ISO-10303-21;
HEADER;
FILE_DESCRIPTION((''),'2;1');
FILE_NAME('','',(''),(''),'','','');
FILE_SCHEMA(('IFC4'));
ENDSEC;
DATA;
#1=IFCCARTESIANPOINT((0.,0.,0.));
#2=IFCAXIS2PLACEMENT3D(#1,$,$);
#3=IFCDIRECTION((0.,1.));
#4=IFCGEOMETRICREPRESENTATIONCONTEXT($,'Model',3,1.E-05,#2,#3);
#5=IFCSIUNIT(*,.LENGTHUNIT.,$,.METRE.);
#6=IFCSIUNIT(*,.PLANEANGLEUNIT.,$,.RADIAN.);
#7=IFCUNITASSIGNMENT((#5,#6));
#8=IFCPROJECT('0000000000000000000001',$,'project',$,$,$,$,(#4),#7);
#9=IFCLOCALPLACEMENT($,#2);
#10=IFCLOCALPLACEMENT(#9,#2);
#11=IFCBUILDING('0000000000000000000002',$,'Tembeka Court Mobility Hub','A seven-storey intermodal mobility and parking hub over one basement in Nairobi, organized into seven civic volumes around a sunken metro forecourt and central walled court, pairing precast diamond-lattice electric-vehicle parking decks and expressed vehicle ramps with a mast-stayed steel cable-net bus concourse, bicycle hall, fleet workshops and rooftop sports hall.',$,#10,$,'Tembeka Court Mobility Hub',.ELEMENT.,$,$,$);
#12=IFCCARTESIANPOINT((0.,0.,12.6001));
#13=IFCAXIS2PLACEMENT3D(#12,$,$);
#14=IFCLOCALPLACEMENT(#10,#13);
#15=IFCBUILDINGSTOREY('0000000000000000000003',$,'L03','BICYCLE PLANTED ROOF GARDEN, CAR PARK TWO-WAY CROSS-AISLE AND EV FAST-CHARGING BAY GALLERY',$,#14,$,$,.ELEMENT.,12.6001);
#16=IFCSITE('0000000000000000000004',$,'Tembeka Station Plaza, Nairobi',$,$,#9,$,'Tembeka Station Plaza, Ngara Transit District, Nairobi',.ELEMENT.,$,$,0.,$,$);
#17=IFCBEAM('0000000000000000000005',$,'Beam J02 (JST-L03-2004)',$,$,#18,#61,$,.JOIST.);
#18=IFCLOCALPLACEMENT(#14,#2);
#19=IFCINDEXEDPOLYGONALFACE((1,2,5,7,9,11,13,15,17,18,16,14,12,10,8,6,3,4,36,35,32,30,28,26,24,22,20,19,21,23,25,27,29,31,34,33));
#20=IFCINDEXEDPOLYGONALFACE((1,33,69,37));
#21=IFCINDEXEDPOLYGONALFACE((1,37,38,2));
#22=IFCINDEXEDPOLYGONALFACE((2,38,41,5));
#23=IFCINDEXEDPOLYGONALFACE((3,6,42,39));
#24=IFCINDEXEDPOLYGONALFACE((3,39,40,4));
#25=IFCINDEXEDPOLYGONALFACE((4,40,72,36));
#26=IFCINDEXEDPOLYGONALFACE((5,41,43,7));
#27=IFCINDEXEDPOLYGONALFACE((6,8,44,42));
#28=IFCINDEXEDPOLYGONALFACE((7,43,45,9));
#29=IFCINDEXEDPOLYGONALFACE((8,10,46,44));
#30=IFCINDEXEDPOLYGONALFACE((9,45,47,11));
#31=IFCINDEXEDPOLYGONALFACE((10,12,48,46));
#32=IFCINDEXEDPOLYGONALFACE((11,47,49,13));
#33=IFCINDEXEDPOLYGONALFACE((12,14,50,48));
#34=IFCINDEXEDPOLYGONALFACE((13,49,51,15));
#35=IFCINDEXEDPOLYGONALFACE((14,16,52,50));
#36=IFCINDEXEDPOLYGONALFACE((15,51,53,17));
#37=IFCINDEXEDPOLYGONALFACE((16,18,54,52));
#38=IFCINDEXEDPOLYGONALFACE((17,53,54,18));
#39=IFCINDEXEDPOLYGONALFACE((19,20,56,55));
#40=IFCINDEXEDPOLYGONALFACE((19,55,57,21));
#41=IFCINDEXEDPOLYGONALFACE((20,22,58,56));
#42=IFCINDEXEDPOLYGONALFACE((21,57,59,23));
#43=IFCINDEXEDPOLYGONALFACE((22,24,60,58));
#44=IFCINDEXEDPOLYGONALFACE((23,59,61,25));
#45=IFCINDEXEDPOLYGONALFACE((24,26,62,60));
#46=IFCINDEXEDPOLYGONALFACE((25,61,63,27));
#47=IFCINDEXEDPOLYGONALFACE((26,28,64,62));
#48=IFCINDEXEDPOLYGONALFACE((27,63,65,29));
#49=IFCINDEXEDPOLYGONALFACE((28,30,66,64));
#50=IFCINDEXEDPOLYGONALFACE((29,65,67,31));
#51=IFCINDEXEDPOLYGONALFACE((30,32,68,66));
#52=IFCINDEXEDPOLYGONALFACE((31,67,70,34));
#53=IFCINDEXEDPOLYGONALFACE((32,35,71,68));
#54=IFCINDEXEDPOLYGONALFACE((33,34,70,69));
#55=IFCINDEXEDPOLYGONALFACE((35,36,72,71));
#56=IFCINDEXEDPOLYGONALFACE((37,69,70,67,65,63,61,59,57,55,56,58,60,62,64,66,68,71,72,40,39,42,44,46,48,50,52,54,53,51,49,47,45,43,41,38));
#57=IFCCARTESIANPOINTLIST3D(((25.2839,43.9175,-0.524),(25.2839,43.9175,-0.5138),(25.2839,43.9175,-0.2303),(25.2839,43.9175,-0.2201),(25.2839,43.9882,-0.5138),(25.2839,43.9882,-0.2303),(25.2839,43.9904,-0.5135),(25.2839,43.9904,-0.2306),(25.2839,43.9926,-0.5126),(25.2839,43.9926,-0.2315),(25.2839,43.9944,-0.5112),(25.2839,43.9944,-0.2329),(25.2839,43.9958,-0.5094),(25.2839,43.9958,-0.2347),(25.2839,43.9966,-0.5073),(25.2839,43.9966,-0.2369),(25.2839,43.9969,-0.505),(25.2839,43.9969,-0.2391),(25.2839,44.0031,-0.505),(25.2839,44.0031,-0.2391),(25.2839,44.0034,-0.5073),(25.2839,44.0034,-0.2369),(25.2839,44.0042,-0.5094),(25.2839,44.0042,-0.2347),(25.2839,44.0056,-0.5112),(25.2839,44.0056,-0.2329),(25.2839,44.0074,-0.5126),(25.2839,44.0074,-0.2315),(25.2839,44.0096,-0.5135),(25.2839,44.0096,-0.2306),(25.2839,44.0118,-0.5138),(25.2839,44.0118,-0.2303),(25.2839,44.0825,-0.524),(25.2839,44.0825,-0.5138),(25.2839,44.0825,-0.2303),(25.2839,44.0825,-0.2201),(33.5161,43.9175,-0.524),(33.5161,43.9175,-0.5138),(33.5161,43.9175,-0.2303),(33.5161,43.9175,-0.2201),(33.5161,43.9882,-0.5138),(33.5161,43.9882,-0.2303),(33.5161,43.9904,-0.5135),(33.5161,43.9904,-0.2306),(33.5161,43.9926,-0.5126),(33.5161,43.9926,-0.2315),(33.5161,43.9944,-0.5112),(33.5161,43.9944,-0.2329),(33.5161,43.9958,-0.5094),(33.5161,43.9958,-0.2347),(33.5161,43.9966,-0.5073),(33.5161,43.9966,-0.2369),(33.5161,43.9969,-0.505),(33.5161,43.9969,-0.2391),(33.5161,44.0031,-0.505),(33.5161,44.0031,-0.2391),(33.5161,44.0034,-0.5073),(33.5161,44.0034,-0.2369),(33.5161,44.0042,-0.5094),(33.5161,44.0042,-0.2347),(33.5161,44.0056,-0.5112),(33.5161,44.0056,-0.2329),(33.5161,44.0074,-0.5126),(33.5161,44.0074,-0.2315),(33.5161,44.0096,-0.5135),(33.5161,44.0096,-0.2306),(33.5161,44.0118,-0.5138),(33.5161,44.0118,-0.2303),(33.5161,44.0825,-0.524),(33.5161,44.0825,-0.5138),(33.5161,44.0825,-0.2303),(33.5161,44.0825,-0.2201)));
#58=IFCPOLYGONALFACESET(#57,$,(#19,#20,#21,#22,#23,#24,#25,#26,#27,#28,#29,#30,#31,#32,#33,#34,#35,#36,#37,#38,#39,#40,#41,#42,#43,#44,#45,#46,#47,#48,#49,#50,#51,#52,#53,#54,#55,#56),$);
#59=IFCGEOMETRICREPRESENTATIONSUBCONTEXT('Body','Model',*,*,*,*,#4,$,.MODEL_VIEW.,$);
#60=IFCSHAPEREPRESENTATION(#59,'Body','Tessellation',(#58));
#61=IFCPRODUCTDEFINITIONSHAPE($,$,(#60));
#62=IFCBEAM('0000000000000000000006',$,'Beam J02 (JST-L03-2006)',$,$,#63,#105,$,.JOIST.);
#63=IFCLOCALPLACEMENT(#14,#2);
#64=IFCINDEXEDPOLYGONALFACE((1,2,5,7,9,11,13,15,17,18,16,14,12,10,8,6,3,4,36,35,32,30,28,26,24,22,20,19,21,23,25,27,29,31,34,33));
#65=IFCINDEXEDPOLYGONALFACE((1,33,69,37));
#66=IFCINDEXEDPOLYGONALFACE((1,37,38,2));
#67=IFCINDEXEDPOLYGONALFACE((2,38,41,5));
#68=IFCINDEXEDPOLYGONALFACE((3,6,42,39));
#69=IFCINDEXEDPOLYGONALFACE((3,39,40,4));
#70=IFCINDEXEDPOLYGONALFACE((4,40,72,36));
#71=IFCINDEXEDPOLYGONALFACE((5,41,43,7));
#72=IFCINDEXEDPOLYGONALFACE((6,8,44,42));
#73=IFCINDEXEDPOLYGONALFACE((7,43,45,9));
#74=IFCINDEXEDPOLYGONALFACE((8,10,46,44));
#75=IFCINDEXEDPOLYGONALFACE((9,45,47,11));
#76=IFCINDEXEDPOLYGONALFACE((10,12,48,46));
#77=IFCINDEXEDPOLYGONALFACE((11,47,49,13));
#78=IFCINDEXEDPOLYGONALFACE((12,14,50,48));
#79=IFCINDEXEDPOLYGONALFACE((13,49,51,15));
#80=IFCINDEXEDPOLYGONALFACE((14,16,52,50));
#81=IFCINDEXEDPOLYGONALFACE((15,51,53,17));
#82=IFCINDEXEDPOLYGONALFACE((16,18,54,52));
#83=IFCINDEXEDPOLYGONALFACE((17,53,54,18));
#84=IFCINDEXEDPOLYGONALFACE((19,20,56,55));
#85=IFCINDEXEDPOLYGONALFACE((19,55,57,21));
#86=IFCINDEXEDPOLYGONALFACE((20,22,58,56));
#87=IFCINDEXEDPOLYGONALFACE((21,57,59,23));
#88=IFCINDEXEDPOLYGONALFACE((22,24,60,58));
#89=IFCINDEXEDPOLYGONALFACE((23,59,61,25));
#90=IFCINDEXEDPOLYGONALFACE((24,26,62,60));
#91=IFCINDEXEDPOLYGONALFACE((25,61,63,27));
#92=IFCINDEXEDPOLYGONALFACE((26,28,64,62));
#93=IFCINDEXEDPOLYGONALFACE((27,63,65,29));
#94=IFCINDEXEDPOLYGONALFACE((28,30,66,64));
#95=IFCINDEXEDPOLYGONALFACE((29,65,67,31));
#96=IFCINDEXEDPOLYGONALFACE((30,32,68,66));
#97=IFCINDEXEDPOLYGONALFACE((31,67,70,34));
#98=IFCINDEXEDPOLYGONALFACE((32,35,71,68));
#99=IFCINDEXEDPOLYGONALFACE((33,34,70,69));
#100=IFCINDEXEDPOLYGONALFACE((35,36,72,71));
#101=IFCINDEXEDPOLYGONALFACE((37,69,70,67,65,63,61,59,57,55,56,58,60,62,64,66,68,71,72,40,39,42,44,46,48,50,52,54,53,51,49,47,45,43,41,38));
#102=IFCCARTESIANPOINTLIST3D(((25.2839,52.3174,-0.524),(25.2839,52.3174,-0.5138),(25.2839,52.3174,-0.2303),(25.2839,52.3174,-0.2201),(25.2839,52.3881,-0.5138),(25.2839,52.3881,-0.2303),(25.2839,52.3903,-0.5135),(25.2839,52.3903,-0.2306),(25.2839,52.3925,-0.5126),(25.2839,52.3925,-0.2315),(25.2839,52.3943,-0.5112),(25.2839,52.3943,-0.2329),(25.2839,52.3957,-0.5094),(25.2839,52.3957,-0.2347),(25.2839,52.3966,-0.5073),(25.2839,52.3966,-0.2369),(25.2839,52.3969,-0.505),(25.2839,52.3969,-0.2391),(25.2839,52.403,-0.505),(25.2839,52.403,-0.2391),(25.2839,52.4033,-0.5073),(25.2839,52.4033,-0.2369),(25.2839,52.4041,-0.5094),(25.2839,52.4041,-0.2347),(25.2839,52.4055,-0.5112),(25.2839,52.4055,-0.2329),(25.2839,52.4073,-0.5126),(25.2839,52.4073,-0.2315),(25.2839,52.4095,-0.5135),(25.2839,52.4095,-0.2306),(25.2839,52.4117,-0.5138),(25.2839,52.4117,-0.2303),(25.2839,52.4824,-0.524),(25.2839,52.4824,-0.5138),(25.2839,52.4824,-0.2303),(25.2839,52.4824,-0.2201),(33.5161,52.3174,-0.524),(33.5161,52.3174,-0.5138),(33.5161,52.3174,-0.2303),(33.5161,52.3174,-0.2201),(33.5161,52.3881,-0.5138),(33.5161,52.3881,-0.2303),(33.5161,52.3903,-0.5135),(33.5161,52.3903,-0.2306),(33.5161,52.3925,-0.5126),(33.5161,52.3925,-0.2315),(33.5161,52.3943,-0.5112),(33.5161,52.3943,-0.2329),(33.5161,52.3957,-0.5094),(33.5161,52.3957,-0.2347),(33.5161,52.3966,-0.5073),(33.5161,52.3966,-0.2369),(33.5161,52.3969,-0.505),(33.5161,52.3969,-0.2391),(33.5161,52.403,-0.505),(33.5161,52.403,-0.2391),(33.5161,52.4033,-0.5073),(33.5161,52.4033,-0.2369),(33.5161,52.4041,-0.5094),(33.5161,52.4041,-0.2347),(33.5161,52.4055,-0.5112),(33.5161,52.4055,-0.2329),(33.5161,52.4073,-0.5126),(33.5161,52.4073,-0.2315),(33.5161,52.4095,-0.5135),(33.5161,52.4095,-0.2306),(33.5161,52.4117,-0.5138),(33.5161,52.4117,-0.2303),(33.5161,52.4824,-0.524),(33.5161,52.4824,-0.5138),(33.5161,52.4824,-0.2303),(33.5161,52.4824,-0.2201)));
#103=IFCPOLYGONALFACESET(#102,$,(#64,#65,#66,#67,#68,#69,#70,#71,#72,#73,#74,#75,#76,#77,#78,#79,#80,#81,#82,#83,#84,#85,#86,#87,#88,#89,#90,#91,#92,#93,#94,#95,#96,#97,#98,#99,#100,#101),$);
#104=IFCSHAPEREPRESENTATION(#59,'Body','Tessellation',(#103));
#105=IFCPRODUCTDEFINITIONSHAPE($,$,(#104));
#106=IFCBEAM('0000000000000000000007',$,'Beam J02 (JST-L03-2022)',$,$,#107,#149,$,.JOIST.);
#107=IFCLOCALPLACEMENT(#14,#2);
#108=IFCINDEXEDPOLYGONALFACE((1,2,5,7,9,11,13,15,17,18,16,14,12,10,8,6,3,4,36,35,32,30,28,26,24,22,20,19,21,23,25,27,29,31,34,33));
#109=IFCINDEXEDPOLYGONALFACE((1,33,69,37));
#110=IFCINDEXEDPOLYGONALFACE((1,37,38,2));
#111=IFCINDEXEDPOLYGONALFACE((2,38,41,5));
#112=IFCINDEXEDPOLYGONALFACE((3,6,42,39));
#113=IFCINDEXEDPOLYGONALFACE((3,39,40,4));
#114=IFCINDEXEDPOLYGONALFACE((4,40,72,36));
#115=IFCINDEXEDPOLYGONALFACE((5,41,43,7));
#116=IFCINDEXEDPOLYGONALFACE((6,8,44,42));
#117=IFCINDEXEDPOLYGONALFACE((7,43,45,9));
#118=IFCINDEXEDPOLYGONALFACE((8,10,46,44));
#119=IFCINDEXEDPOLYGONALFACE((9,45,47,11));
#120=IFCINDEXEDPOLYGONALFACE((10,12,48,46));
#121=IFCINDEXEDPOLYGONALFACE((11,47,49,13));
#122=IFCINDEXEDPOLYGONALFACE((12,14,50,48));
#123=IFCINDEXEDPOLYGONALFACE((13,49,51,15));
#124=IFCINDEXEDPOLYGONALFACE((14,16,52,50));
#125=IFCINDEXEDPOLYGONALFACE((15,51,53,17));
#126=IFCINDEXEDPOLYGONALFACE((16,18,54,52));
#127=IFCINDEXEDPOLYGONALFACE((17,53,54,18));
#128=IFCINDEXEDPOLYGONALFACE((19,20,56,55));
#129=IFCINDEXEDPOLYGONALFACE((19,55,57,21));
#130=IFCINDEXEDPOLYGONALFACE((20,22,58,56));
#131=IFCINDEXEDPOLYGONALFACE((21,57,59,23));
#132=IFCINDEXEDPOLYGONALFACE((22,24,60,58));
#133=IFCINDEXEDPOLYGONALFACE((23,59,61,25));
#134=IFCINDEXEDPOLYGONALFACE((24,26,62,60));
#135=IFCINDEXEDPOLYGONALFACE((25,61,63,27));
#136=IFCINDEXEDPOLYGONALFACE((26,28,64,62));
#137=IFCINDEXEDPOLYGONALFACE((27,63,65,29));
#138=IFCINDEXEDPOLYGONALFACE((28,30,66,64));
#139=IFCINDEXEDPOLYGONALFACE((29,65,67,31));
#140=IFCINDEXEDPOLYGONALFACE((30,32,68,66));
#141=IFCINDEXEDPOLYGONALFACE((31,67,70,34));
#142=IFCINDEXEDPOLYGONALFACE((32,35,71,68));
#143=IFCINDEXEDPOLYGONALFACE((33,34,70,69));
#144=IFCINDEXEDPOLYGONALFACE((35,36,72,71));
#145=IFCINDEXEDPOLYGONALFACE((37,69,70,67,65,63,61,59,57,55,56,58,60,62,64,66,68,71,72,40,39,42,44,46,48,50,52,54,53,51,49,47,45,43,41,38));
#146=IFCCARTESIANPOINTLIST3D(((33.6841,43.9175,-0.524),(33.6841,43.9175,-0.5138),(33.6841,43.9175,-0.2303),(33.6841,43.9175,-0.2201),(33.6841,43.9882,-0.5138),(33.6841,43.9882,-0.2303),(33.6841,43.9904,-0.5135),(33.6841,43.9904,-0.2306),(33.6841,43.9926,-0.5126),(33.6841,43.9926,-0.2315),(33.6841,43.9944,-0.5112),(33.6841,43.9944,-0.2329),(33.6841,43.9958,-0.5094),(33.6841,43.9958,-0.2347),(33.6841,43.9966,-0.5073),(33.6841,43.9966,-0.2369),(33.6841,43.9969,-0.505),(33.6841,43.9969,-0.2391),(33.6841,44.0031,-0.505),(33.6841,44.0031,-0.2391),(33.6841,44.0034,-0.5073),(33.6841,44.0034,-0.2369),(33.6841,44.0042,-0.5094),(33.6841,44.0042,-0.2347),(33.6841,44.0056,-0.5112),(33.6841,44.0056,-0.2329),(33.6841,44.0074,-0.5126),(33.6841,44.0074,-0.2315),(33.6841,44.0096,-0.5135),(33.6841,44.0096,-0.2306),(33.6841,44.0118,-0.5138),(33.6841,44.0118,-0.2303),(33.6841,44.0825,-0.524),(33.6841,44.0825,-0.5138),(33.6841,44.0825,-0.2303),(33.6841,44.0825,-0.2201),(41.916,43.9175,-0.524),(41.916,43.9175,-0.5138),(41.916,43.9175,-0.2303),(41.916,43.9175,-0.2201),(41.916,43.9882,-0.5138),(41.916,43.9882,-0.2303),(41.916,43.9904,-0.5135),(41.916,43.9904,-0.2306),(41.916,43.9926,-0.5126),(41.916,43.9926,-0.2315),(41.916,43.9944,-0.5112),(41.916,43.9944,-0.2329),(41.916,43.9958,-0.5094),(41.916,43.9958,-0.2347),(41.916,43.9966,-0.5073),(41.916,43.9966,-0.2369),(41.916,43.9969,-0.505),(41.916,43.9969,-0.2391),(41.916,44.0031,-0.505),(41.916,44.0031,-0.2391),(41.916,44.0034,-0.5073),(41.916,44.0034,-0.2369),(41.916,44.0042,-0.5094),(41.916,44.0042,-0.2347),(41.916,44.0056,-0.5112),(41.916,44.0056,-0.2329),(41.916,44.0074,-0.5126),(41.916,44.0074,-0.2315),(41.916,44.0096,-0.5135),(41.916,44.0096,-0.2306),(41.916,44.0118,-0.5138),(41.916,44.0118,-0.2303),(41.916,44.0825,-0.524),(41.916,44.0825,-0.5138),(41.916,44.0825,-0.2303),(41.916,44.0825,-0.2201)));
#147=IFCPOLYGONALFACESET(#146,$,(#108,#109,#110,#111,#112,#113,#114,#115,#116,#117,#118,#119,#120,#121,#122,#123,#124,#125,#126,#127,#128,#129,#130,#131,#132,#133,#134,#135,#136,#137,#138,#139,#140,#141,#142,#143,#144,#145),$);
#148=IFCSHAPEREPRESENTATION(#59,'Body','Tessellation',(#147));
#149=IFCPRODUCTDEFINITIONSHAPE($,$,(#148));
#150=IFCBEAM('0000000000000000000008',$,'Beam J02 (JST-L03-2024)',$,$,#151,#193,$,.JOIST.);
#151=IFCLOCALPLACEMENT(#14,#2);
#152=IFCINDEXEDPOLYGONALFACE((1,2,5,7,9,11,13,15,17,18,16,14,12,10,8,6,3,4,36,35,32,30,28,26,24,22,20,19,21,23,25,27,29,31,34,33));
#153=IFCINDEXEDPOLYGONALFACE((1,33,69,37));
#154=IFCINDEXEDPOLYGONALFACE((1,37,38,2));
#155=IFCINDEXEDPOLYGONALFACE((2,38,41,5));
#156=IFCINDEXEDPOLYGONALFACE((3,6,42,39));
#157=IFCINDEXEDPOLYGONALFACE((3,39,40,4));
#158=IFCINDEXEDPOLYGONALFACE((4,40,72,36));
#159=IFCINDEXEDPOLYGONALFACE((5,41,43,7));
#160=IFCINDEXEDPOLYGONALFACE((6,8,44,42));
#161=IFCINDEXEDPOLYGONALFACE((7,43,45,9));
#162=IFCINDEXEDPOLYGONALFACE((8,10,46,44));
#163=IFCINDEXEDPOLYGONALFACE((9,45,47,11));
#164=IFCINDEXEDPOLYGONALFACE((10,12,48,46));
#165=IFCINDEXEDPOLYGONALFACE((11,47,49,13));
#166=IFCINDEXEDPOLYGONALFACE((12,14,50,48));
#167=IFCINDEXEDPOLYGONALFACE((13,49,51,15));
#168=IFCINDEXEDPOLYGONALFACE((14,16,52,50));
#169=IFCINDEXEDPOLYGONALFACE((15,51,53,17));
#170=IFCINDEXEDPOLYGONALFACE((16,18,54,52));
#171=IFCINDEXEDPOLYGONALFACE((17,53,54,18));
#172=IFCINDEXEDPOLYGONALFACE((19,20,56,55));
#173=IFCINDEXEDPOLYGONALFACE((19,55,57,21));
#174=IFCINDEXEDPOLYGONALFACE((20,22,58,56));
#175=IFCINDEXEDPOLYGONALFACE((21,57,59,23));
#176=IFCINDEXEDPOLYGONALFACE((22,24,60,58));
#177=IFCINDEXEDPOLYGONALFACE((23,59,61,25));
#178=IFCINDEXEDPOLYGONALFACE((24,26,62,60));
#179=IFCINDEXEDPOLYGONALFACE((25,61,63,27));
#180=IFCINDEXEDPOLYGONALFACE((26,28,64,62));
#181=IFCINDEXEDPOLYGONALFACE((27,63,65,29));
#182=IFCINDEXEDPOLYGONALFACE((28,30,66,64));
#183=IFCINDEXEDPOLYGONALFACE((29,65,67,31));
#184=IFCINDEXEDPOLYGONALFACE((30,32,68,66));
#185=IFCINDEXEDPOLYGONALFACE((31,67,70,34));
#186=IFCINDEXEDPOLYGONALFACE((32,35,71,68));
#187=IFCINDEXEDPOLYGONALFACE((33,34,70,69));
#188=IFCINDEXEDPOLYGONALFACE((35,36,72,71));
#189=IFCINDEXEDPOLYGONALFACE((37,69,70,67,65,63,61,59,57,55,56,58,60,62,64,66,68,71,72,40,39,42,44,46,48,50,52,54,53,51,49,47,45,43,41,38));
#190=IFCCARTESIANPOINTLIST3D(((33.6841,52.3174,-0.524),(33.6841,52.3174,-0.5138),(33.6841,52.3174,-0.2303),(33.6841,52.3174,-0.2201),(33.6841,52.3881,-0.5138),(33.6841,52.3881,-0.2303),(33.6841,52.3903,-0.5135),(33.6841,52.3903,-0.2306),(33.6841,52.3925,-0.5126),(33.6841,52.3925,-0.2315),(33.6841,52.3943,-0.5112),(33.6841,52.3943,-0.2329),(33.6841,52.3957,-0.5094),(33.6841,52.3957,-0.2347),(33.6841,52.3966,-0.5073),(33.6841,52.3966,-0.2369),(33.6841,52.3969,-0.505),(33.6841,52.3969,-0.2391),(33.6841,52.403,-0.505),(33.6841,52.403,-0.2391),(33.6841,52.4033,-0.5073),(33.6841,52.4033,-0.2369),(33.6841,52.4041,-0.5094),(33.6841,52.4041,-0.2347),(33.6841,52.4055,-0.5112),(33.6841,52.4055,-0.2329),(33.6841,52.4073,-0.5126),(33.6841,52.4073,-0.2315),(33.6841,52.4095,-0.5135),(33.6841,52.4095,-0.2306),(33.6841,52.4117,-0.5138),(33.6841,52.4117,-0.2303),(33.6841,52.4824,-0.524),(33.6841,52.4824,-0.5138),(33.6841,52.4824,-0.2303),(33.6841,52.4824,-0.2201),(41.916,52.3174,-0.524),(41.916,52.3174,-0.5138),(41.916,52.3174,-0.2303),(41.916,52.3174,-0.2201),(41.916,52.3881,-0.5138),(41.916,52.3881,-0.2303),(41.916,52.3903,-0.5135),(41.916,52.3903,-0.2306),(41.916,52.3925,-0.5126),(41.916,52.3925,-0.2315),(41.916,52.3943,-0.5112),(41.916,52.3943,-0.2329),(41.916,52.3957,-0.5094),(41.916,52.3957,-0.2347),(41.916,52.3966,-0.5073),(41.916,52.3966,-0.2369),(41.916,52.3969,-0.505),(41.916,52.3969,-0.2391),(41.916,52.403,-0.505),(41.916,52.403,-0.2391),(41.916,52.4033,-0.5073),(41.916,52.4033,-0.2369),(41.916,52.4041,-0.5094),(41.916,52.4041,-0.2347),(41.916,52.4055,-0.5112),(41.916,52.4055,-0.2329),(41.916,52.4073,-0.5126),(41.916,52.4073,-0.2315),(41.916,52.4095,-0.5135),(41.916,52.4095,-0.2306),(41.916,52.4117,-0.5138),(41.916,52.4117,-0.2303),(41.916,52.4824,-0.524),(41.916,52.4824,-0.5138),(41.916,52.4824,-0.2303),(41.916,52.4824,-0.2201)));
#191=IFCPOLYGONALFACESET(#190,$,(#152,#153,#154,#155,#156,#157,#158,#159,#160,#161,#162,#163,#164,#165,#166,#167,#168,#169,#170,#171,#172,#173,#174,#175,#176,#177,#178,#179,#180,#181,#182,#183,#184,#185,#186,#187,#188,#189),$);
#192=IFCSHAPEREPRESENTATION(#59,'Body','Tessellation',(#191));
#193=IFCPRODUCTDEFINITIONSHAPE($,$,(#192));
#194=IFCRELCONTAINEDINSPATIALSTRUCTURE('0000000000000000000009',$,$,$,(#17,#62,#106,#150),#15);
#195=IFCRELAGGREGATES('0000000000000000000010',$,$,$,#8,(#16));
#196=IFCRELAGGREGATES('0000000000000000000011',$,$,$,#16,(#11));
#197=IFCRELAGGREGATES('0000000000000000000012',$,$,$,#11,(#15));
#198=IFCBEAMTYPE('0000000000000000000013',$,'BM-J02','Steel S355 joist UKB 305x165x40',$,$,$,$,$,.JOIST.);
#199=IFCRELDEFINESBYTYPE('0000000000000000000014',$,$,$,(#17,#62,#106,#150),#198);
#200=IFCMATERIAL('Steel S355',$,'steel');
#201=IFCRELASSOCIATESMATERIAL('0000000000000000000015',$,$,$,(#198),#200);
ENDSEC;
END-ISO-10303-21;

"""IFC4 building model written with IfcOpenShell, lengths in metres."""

from ifc_helpers import new_model, si_unit, direction, frame, origin, origin_2d, place, context, subcontext, project, spatial, i_section, extrude, material, material_profile, profile_set, type_object, element, save


model = new_model("IFC4")

# Units and contexts
model_context = context("Model", 3, precision=1e-05, world=origin(), true_north=direction((0.0, 1.0)))
body_context = subcontext(model_context, "Body", "Model", "MODEL_VIEW")
ifc_project = project(units=[si_unit("LENGTHUNIT", "METRE"), si_unit("PLANEANGLEUNIT", "RADIAN")], contexts=[model_context])

# Site, building, storey
site_placement = place(None, origin())
site = spatial("IfcSite", under=ifc_project, at=site_placement, Name="Tembeka Station Plaza, Nairobi", LongName="Tembeka Station Plaza, Ngara Transit District, Nairobi", CompositionType="ELEMENT", RefElevation=0.0)
building_placement = place(site_placement, origin())
building = spatial("IfcBuilding", under=site, at=building_placement, Name="Tembeka Court Mobility Hub", Description="A seven-storey intermodal mobility and parking hub over one basement in Nairobi, organized into seven civic volumes around a sunken metro forecourt and central walled court, pairing precast diamond-lattice electric-vehicle parking decks and expressed vehicle ramps with a mast-stayed steel cable-net bus concourse, bicycle hall, fleet workshops and rooftop sports hall.", LongName="Tembeka Court Mobility Hub", CompositionType="ELEMENT")
storey_placement = place(building_placement, frame((0.0, 0.0, 12.6001)))
storey = spatial("IfcBuildingStorey", under=building, at=storey_placement, Name="L03", Description="BICYCLE PLANTED ROOF GARDEN, CAR PARK TWO-WAY CROSS-AISLE AND EV FAST-CHARGING BAY GALLERY", CompositionType="ELEMENT", Elevation=12.6001)

# Shared definitions
ifc_material_1 = material(Name="Steel S355", Category="steel")

# Beams
ifc_material_profile_1 = material_profile(ifc_material_1, i_section(OverallWidth=0.165, OverallDepth=0.304, WebThickness=0.0061, FlangeThickness=0.0103, FilletRadius=0.0088, at=origin_2d()), Name="UKB 305x165x40")
ifc_profile_set_1 = profile_set([ifc_material_profile_1], Name="Steel S355")
beam_type_1 = type_object("IfcBeamType", Name="BM-J02", Description="Steel S355 joist UKB 305x165x40", PredefinedType="JOIST", material=ifc_profile_set_1)
for number, where, z_axis, x_axis, name in (
    (1, (25.2839, 44.0, -0.3721), (1.0, 0.0, 0.0), (0.0, 1.0, 0.0), "Beam J02 (JST-L03-2004)"),
    (2, (25.2839, 52.3999, -0.3721), (1.0, 0.0, 0.0), (0.0, 1.0, 0.0), "Beam J02 (JST-L03-2006)"),
):
    element("IfcBeam", number, at=place(storey_placement, frame(where, z_axis=z_axis, x_axis=x_axis)), inside=storey, type_object=beam_type_1, Name=name, PredefinedType="JOIST", context=body_context, shape_type="SweptSolid", body=[
        extrude(i_section(OverallWidth=0.165, OverallDepth=0.304, WebThickness=0.0061, FlangeThickness=0.0103, FilletRadius=0.0088, at=origin_2d()), origin(), (0.0, 0.0, 1.0), 8.2322),
    ])
for number, where, z_axis, x_axis, name in (
    (3, (33.6841, 44.0, -0.3721), (1.0, 0.0, 0.0), (0.0, 1.0, 0.0), "Beam J02 (JST-L03-2022)"),
    (4, (33.6841, 52.3999, -0.3721), (1.0, 0.0, 0.0), (0.0, 1.0, 0.0), "Beam J02 (JST-L03-2024)"),
):
    element("IfcBeam", number, at=place(storey_placement, frame(where, z_axis=z_axis, x_axis=x_axis)), inside=storey, type_object=beam_type_1, Name=name, PredefinedType="JOIST", context=body_context, shape_type="SweptSolid", body=[
        extrude(i_section(OverallWidth=0.165, OverallDepth=0.304, WebThickness=0.0061, FlangeThickness=0.0103, FilletRadius=0.0088, at=origin_2d()), origin(), (0.0, 0.0, 1.0), 8.2319),
    ])

save(model, "model.ifc")
